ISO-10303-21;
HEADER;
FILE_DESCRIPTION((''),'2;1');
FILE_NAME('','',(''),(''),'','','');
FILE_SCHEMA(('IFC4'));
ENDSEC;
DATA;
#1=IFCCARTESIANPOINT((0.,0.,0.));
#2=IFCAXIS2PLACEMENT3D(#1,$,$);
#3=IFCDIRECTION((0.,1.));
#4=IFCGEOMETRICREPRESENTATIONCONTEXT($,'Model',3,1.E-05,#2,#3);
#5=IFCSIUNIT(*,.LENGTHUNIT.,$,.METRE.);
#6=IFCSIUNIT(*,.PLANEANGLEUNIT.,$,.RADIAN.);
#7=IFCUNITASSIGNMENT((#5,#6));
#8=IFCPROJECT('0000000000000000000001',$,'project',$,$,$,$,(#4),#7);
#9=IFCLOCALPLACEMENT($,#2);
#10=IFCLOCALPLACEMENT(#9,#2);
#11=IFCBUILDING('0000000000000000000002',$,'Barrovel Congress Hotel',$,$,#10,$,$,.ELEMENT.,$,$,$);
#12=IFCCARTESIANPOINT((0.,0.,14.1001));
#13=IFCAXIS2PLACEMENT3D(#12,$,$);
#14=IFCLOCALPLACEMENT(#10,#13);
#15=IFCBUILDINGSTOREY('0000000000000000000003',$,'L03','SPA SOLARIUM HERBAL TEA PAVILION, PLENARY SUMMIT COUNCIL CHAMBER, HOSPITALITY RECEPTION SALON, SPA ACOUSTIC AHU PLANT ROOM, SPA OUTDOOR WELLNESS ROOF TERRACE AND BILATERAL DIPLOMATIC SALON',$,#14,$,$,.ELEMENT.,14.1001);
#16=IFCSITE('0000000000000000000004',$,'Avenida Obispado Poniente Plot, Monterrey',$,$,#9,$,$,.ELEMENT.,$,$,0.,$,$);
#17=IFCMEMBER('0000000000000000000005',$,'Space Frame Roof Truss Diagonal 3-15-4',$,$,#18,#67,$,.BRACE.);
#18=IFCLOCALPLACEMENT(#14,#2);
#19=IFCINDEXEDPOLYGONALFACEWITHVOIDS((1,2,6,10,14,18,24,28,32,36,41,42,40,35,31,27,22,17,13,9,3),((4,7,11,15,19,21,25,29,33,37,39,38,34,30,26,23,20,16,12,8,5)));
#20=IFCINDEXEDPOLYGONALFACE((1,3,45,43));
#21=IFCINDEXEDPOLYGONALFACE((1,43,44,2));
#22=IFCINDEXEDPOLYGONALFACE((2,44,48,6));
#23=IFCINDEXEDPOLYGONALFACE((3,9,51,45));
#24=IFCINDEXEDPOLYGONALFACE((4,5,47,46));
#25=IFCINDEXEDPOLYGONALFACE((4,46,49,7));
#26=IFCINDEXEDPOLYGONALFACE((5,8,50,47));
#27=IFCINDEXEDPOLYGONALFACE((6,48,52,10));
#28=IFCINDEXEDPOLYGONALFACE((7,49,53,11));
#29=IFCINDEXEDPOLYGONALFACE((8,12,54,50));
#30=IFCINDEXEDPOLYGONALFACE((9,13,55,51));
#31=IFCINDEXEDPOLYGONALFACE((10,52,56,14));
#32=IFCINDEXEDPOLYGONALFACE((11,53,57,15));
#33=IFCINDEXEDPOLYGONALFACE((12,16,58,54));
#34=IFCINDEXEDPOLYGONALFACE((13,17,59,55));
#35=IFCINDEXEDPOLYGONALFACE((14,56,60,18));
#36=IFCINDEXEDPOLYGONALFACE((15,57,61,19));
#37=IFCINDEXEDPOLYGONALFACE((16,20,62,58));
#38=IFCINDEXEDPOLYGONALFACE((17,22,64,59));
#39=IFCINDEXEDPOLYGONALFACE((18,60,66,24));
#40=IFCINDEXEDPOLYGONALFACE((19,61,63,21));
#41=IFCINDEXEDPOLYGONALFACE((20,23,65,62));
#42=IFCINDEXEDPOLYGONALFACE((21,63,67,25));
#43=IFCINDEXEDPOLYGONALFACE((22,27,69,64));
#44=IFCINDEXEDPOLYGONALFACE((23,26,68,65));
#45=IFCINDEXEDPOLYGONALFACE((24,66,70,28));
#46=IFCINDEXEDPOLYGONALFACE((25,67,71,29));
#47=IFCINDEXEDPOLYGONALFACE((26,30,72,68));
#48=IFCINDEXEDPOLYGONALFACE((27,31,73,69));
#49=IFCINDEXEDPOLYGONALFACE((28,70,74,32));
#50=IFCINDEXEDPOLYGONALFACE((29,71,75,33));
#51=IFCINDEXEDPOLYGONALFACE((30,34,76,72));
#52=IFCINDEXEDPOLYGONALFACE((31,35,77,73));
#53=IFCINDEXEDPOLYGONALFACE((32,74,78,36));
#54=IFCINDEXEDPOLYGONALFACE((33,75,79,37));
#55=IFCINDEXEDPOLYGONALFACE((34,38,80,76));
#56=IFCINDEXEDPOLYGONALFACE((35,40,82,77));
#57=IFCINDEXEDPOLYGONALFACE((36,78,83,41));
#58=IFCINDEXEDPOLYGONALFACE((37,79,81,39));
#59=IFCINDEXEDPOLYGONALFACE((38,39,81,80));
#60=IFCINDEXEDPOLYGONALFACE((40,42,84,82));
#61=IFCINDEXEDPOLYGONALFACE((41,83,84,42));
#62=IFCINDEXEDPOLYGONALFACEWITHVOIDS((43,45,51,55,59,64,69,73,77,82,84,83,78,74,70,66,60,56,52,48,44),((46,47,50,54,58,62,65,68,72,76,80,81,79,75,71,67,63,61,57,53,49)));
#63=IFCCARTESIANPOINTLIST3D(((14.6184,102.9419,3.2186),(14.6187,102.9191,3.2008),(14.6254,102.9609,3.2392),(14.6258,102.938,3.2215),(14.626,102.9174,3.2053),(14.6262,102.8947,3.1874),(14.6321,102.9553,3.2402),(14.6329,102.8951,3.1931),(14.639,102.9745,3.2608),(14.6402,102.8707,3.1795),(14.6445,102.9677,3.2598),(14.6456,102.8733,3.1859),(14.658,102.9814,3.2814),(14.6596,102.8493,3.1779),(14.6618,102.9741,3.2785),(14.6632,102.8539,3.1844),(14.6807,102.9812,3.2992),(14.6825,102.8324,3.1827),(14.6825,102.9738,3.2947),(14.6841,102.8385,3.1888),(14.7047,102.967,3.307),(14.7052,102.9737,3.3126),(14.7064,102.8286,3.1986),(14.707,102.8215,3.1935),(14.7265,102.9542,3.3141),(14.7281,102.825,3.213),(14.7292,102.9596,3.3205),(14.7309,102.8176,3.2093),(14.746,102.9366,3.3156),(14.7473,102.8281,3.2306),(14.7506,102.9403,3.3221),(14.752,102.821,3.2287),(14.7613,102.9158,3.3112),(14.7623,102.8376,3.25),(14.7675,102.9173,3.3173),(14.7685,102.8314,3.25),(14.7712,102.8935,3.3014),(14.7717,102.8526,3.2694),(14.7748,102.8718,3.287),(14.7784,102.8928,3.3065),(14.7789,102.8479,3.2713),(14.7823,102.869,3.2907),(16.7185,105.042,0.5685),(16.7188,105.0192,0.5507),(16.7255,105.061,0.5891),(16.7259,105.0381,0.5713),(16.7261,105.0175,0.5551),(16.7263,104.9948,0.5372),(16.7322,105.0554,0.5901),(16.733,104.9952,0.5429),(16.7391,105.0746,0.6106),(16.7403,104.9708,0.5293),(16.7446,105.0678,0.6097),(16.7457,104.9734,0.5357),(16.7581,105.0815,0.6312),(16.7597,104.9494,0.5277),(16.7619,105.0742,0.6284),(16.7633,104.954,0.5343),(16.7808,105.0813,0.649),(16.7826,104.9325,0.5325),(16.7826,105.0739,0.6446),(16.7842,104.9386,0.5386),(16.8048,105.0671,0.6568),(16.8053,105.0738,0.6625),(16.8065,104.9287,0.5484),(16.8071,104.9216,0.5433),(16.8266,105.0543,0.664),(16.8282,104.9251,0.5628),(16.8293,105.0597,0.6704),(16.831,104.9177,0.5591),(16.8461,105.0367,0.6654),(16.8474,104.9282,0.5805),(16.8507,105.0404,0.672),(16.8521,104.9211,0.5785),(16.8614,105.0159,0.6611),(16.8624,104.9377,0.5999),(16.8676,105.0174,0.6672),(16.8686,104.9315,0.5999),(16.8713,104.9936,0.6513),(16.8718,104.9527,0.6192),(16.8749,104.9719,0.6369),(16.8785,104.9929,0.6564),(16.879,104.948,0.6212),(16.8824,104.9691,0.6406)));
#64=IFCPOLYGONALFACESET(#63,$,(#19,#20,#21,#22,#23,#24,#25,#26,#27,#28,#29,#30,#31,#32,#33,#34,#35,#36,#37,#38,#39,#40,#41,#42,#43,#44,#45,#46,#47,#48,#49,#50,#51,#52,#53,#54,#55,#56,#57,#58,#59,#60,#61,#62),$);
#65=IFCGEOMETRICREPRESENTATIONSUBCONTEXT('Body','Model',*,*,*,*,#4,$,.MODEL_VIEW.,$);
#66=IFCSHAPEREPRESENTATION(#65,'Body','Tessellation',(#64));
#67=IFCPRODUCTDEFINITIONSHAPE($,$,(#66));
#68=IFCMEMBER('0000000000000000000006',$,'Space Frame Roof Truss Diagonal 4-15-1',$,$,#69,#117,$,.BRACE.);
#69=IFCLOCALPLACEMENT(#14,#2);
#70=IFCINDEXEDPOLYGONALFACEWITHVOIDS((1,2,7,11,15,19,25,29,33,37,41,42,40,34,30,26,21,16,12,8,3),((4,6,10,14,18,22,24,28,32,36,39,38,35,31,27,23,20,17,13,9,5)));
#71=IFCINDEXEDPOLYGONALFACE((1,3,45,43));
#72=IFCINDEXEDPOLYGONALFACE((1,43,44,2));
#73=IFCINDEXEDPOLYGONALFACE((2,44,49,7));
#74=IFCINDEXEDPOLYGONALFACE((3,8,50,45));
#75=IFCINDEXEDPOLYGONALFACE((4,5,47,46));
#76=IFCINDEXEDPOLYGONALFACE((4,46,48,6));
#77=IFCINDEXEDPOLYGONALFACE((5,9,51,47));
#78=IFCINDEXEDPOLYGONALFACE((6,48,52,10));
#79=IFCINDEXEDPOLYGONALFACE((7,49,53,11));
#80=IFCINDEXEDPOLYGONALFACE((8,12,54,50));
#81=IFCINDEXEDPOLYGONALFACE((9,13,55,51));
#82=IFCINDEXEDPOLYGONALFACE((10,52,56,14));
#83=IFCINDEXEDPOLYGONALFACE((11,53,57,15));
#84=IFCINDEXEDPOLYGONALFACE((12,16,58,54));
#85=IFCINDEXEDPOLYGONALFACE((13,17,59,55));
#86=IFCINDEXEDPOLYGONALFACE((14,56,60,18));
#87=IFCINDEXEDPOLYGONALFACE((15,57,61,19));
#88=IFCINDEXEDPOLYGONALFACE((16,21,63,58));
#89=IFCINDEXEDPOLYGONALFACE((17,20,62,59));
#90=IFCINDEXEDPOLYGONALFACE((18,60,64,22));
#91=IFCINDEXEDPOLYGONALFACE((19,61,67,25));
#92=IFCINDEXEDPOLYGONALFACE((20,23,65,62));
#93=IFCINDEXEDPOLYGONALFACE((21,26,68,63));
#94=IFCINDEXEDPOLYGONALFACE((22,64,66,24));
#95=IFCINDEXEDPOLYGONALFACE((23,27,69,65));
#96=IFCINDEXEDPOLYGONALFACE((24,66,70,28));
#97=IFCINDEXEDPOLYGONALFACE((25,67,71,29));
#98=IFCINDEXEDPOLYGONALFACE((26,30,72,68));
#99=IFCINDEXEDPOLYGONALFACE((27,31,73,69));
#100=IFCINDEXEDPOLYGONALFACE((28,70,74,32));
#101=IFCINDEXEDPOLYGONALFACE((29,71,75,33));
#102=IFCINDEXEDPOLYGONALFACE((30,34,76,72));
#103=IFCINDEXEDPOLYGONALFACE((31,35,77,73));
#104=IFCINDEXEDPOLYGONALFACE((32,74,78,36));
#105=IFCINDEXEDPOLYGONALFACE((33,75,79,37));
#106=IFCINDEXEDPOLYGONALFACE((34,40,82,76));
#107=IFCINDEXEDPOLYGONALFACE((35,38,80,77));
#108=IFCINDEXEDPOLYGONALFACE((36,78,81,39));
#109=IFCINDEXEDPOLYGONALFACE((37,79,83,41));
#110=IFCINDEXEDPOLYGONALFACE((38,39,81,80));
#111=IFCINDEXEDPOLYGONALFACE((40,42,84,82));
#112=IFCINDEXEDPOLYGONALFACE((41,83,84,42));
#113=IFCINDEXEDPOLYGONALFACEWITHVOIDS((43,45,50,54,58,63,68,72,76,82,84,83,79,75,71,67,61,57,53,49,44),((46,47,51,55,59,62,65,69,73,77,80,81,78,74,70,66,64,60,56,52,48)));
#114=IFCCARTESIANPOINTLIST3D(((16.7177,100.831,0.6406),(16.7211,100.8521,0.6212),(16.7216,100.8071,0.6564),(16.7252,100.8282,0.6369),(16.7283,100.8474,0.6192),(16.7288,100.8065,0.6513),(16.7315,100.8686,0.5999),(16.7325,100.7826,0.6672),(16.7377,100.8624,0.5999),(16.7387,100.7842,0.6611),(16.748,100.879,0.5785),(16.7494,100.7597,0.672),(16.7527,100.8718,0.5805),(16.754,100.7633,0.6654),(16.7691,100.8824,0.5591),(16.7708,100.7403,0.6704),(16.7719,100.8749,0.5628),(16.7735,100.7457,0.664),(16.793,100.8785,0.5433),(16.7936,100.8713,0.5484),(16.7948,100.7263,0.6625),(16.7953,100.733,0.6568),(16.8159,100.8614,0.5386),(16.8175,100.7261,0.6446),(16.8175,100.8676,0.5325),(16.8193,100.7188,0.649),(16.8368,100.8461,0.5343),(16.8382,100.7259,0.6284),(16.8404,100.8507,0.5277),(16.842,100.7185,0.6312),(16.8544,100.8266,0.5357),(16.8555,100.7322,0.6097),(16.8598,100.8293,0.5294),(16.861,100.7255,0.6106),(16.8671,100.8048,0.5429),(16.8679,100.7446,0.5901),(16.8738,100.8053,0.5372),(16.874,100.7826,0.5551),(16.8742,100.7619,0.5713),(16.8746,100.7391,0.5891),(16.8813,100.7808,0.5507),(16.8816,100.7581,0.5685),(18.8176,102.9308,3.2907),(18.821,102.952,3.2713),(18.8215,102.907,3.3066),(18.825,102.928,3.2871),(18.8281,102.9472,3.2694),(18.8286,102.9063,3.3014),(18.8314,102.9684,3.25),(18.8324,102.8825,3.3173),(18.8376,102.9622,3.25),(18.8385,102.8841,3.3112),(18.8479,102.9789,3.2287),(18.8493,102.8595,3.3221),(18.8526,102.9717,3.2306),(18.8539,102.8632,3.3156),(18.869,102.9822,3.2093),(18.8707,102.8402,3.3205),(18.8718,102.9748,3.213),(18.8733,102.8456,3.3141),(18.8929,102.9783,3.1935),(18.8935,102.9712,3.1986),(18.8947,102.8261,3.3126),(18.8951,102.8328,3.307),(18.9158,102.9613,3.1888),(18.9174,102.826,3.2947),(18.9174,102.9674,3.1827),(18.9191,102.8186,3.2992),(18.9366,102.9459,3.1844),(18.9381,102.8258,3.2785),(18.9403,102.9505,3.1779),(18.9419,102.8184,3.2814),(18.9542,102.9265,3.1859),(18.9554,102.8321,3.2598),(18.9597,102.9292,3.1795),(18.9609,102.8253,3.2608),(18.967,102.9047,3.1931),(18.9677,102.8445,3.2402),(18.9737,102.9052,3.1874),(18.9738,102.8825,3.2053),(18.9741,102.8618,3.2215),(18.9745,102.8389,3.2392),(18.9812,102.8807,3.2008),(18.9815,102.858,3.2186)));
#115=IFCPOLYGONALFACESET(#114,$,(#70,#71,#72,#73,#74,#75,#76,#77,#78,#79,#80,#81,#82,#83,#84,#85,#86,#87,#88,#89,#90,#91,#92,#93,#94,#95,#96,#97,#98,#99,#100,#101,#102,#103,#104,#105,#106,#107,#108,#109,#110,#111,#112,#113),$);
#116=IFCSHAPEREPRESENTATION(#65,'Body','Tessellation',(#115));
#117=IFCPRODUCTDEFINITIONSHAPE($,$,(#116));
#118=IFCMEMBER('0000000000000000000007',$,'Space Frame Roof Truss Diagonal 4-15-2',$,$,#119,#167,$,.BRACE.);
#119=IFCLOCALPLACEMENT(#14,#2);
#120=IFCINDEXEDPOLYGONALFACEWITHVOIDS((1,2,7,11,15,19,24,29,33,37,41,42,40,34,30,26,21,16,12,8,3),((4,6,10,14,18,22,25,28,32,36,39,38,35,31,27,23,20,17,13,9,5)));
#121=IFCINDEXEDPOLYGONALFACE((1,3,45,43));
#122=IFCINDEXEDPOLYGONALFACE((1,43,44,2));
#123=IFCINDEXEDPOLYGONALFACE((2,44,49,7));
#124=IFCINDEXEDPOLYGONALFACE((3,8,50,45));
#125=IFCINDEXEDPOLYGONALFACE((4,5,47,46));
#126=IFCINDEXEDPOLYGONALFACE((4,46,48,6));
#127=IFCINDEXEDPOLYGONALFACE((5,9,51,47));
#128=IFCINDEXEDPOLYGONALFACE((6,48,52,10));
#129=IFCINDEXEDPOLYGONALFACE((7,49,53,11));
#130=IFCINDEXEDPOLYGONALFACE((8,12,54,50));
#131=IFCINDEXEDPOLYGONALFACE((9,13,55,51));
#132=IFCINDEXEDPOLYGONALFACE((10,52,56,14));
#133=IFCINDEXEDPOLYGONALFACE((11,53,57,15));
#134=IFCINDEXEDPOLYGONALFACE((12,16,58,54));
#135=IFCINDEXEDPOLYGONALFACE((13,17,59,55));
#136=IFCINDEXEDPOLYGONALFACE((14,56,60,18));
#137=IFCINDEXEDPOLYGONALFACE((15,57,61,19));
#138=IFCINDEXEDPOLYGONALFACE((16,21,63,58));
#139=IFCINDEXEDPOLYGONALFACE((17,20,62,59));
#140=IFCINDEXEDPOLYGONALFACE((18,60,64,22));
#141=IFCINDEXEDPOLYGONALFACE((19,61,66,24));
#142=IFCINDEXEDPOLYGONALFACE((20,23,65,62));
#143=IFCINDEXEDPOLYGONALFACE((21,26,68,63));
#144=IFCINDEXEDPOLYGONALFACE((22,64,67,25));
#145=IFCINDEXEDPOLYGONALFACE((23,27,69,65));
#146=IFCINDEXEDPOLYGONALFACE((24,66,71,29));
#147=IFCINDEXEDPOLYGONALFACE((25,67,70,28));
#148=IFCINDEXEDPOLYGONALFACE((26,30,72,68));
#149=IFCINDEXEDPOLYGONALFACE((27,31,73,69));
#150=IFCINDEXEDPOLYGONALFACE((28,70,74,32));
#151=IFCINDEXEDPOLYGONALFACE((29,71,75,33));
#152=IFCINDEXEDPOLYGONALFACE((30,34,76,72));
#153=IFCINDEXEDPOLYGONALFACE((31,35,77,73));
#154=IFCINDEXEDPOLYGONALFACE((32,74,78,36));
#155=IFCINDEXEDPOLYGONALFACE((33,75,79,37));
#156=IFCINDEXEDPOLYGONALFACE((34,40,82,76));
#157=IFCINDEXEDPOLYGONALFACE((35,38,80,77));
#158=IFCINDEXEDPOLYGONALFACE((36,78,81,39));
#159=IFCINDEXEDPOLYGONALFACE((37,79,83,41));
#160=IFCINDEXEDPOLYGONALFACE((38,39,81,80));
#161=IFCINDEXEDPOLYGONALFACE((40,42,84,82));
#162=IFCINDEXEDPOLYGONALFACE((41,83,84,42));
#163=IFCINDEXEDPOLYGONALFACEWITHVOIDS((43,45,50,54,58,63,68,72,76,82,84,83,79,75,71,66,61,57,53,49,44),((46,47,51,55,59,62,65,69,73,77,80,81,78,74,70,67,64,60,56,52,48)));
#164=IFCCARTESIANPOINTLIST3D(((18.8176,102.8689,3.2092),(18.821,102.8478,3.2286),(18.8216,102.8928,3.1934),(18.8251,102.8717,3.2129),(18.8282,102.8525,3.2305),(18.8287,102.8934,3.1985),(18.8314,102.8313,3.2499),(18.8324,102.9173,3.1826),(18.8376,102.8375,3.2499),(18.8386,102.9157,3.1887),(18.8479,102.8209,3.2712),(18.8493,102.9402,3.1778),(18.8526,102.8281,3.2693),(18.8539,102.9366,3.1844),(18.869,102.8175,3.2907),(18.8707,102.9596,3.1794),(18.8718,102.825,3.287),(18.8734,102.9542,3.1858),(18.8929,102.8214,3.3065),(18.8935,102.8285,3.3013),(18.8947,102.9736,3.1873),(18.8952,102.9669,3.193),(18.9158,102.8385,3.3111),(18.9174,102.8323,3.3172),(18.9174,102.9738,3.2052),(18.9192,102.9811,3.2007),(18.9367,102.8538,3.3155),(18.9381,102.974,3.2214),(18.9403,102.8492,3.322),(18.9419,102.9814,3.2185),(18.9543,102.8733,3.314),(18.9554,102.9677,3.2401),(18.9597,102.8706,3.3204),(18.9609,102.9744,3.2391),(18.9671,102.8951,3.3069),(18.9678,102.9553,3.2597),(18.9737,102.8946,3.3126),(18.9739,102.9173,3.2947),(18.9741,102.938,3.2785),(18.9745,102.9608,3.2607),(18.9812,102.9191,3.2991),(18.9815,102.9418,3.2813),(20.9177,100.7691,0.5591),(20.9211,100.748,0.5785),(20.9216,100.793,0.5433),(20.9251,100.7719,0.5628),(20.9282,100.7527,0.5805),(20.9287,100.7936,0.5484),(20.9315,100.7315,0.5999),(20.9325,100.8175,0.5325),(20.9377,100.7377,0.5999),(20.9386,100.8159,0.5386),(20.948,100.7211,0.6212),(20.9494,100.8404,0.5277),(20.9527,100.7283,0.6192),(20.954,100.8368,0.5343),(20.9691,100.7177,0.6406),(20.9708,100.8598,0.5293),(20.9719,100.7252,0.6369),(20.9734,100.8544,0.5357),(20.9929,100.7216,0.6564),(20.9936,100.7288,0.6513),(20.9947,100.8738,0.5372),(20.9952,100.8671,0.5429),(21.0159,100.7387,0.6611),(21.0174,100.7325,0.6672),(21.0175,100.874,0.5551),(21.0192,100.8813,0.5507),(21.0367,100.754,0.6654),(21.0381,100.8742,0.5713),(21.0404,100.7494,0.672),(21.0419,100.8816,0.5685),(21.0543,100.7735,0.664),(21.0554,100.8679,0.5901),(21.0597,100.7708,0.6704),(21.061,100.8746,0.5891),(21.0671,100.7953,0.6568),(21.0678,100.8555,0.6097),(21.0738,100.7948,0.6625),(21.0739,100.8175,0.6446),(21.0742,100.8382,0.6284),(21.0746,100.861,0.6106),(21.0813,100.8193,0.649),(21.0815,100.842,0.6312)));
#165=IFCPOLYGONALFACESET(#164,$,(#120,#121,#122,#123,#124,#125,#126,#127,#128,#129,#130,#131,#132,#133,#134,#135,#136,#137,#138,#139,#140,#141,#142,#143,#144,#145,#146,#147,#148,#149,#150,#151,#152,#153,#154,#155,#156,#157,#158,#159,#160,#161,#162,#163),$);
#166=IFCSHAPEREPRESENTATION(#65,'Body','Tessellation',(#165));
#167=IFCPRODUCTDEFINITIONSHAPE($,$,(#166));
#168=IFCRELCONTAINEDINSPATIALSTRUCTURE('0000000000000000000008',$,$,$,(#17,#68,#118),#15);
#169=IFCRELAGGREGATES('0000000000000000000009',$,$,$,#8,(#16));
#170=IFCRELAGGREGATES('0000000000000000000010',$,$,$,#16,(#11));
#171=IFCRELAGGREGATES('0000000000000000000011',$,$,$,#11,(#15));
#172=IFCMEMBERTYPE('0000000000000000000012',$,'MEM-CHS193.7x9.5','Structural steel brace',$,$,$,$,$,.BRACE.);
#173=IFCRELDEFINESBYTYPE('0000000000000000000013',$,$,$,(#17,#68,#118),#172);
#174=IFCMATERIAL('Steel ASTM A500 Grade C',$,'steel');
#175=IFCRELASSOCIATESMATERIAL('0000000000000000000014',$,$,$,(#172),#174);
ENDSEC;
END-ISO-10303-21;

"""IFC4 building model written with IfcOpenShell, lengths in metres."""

from ifc_helpers import new_model, si_unit, direction, frame, origin, origin_2d, place, context, subcontext, project, spatial, hollow_circle, extrude, material, material_profile, profile_set, type_object, element, save


model = new_model("IFC4")

# Units and contexts
model_context = context("Model", 3, precision=1e-05, world=origin(), true_north=direction((0.0, 1.0)))
body_context = subcontext(model_context, "Body", "Model", "MODEL_VIEW")
ifc_project = project(units=[si_unit("LENGTHUNIT", "METRE"), si_unit("PLANEANGLEUNIT", "RADIAN")], contexts=[model_context])

# Site, building, storey
site_placement = place(None, origin())
site = spatial("IfcSite", under=ifc_project, at=site_placement, Name="Avenida Obispado Poniente Plot, Monterrey", CompositionType="ELEMENT", RefElevation=0.0)
building_placement = place(site_placement, origin())
building = spatial("IfcBuilding", under=site, at=building_placement, Name="Barrovel Congress Hotel", CompositionType="ELEMENT")
storey_placement = place(building_placement, frame((0.0, 0.0, 14.1001)))
storey = spatial("IfcBuildingStorey", under=building, at=storey_placement, Name="L03", Description="SPA SOLARIUM HERBAL TEA PAVILION, PLENARY SUMMIT COUNCIL CHAMBER, HOSPITALITY RECEPTION SALON, SPA ACOUSTIC AHU PLANT ROOM, SPA OUTDOOR WELLNESS ROOF TERRACE AND BILATERAL DIPLOMATIC SALON", CompositionType="ELEMENT", Elevation=14.1001)

# Members
ifc_material_1 = material(Name="Steel ASTM A500 Grade C", Category="steel")
ifc_material_profile_1 = material_profile(ifc_material_1, hollow_circle(Radius=0.0969, WallThickness=0.0088, at=origin_2d()), Name="CHS193.7x9.5")
ifc_profile_set_1 = profile_set([ifc_material_profile_1], Name="Steel ASTM A500 Grade C")
member_type_1 = type_object("IfcMemberType", Name="MEM-CHS193.7x9.5", Description="Structural steel brace", PredefinedType="BRACE", material=ifc_profile_set_1)
member_1_placement = place(storey_placement, frame((16.8, 105.0, 0.5999), z_axis=(-0.527601, -0.527601, 0.665788), x_axis=(0.707107, -0.707107, 0.0)))
element("IfcMember", 1, at=member_1_placement, inside=storey, type_object=member_type_1, Name="Space Frame Roof Truss Diagonal 3-15-4", PredefinedType="BRACE", context=body_context, shape_type="SweptSolid", body=[
    extrude(hollow_circle(Radius=0.0969, WallThickness=0.0088, at=origin_2d()), origin(), (0.0, 0.0, 1.0), 3.9805),
])
for number, where, z_axis, x_axis, name in (
    (2, (16.8, 100.8, 0.5999), (0.527574, 0.527574, 0.665831), (-0.707107, 0.707107, 0.0), "Space Frame Roof Truss Diagonal 4-15-1"),
    (3, (21.0, 100.8, 0.5999), (-0.527618, 0.527557, 0.66581), (-0.707066, -0.707148, 0.0), "Space Frame Roof Truss Diagonal 4-15-2"),
):
    element("IfcMember", number, at=place(storey_placement, frame(where, z_axis=z_axis, x_axis=x_axis)), inside=storey, type_object=member_type_1, Name=name, PredefinedType="BRACE", context=body_context, shape_type="SweptSolid", body=[
        extrude(hollow_circle(Radius=0.0969, WallThickness=0.0088, at=origin_2d()), origin(), (0.0, 0.0, 1.0), 3.9802),
    ])

save(model, "model.ifc")
